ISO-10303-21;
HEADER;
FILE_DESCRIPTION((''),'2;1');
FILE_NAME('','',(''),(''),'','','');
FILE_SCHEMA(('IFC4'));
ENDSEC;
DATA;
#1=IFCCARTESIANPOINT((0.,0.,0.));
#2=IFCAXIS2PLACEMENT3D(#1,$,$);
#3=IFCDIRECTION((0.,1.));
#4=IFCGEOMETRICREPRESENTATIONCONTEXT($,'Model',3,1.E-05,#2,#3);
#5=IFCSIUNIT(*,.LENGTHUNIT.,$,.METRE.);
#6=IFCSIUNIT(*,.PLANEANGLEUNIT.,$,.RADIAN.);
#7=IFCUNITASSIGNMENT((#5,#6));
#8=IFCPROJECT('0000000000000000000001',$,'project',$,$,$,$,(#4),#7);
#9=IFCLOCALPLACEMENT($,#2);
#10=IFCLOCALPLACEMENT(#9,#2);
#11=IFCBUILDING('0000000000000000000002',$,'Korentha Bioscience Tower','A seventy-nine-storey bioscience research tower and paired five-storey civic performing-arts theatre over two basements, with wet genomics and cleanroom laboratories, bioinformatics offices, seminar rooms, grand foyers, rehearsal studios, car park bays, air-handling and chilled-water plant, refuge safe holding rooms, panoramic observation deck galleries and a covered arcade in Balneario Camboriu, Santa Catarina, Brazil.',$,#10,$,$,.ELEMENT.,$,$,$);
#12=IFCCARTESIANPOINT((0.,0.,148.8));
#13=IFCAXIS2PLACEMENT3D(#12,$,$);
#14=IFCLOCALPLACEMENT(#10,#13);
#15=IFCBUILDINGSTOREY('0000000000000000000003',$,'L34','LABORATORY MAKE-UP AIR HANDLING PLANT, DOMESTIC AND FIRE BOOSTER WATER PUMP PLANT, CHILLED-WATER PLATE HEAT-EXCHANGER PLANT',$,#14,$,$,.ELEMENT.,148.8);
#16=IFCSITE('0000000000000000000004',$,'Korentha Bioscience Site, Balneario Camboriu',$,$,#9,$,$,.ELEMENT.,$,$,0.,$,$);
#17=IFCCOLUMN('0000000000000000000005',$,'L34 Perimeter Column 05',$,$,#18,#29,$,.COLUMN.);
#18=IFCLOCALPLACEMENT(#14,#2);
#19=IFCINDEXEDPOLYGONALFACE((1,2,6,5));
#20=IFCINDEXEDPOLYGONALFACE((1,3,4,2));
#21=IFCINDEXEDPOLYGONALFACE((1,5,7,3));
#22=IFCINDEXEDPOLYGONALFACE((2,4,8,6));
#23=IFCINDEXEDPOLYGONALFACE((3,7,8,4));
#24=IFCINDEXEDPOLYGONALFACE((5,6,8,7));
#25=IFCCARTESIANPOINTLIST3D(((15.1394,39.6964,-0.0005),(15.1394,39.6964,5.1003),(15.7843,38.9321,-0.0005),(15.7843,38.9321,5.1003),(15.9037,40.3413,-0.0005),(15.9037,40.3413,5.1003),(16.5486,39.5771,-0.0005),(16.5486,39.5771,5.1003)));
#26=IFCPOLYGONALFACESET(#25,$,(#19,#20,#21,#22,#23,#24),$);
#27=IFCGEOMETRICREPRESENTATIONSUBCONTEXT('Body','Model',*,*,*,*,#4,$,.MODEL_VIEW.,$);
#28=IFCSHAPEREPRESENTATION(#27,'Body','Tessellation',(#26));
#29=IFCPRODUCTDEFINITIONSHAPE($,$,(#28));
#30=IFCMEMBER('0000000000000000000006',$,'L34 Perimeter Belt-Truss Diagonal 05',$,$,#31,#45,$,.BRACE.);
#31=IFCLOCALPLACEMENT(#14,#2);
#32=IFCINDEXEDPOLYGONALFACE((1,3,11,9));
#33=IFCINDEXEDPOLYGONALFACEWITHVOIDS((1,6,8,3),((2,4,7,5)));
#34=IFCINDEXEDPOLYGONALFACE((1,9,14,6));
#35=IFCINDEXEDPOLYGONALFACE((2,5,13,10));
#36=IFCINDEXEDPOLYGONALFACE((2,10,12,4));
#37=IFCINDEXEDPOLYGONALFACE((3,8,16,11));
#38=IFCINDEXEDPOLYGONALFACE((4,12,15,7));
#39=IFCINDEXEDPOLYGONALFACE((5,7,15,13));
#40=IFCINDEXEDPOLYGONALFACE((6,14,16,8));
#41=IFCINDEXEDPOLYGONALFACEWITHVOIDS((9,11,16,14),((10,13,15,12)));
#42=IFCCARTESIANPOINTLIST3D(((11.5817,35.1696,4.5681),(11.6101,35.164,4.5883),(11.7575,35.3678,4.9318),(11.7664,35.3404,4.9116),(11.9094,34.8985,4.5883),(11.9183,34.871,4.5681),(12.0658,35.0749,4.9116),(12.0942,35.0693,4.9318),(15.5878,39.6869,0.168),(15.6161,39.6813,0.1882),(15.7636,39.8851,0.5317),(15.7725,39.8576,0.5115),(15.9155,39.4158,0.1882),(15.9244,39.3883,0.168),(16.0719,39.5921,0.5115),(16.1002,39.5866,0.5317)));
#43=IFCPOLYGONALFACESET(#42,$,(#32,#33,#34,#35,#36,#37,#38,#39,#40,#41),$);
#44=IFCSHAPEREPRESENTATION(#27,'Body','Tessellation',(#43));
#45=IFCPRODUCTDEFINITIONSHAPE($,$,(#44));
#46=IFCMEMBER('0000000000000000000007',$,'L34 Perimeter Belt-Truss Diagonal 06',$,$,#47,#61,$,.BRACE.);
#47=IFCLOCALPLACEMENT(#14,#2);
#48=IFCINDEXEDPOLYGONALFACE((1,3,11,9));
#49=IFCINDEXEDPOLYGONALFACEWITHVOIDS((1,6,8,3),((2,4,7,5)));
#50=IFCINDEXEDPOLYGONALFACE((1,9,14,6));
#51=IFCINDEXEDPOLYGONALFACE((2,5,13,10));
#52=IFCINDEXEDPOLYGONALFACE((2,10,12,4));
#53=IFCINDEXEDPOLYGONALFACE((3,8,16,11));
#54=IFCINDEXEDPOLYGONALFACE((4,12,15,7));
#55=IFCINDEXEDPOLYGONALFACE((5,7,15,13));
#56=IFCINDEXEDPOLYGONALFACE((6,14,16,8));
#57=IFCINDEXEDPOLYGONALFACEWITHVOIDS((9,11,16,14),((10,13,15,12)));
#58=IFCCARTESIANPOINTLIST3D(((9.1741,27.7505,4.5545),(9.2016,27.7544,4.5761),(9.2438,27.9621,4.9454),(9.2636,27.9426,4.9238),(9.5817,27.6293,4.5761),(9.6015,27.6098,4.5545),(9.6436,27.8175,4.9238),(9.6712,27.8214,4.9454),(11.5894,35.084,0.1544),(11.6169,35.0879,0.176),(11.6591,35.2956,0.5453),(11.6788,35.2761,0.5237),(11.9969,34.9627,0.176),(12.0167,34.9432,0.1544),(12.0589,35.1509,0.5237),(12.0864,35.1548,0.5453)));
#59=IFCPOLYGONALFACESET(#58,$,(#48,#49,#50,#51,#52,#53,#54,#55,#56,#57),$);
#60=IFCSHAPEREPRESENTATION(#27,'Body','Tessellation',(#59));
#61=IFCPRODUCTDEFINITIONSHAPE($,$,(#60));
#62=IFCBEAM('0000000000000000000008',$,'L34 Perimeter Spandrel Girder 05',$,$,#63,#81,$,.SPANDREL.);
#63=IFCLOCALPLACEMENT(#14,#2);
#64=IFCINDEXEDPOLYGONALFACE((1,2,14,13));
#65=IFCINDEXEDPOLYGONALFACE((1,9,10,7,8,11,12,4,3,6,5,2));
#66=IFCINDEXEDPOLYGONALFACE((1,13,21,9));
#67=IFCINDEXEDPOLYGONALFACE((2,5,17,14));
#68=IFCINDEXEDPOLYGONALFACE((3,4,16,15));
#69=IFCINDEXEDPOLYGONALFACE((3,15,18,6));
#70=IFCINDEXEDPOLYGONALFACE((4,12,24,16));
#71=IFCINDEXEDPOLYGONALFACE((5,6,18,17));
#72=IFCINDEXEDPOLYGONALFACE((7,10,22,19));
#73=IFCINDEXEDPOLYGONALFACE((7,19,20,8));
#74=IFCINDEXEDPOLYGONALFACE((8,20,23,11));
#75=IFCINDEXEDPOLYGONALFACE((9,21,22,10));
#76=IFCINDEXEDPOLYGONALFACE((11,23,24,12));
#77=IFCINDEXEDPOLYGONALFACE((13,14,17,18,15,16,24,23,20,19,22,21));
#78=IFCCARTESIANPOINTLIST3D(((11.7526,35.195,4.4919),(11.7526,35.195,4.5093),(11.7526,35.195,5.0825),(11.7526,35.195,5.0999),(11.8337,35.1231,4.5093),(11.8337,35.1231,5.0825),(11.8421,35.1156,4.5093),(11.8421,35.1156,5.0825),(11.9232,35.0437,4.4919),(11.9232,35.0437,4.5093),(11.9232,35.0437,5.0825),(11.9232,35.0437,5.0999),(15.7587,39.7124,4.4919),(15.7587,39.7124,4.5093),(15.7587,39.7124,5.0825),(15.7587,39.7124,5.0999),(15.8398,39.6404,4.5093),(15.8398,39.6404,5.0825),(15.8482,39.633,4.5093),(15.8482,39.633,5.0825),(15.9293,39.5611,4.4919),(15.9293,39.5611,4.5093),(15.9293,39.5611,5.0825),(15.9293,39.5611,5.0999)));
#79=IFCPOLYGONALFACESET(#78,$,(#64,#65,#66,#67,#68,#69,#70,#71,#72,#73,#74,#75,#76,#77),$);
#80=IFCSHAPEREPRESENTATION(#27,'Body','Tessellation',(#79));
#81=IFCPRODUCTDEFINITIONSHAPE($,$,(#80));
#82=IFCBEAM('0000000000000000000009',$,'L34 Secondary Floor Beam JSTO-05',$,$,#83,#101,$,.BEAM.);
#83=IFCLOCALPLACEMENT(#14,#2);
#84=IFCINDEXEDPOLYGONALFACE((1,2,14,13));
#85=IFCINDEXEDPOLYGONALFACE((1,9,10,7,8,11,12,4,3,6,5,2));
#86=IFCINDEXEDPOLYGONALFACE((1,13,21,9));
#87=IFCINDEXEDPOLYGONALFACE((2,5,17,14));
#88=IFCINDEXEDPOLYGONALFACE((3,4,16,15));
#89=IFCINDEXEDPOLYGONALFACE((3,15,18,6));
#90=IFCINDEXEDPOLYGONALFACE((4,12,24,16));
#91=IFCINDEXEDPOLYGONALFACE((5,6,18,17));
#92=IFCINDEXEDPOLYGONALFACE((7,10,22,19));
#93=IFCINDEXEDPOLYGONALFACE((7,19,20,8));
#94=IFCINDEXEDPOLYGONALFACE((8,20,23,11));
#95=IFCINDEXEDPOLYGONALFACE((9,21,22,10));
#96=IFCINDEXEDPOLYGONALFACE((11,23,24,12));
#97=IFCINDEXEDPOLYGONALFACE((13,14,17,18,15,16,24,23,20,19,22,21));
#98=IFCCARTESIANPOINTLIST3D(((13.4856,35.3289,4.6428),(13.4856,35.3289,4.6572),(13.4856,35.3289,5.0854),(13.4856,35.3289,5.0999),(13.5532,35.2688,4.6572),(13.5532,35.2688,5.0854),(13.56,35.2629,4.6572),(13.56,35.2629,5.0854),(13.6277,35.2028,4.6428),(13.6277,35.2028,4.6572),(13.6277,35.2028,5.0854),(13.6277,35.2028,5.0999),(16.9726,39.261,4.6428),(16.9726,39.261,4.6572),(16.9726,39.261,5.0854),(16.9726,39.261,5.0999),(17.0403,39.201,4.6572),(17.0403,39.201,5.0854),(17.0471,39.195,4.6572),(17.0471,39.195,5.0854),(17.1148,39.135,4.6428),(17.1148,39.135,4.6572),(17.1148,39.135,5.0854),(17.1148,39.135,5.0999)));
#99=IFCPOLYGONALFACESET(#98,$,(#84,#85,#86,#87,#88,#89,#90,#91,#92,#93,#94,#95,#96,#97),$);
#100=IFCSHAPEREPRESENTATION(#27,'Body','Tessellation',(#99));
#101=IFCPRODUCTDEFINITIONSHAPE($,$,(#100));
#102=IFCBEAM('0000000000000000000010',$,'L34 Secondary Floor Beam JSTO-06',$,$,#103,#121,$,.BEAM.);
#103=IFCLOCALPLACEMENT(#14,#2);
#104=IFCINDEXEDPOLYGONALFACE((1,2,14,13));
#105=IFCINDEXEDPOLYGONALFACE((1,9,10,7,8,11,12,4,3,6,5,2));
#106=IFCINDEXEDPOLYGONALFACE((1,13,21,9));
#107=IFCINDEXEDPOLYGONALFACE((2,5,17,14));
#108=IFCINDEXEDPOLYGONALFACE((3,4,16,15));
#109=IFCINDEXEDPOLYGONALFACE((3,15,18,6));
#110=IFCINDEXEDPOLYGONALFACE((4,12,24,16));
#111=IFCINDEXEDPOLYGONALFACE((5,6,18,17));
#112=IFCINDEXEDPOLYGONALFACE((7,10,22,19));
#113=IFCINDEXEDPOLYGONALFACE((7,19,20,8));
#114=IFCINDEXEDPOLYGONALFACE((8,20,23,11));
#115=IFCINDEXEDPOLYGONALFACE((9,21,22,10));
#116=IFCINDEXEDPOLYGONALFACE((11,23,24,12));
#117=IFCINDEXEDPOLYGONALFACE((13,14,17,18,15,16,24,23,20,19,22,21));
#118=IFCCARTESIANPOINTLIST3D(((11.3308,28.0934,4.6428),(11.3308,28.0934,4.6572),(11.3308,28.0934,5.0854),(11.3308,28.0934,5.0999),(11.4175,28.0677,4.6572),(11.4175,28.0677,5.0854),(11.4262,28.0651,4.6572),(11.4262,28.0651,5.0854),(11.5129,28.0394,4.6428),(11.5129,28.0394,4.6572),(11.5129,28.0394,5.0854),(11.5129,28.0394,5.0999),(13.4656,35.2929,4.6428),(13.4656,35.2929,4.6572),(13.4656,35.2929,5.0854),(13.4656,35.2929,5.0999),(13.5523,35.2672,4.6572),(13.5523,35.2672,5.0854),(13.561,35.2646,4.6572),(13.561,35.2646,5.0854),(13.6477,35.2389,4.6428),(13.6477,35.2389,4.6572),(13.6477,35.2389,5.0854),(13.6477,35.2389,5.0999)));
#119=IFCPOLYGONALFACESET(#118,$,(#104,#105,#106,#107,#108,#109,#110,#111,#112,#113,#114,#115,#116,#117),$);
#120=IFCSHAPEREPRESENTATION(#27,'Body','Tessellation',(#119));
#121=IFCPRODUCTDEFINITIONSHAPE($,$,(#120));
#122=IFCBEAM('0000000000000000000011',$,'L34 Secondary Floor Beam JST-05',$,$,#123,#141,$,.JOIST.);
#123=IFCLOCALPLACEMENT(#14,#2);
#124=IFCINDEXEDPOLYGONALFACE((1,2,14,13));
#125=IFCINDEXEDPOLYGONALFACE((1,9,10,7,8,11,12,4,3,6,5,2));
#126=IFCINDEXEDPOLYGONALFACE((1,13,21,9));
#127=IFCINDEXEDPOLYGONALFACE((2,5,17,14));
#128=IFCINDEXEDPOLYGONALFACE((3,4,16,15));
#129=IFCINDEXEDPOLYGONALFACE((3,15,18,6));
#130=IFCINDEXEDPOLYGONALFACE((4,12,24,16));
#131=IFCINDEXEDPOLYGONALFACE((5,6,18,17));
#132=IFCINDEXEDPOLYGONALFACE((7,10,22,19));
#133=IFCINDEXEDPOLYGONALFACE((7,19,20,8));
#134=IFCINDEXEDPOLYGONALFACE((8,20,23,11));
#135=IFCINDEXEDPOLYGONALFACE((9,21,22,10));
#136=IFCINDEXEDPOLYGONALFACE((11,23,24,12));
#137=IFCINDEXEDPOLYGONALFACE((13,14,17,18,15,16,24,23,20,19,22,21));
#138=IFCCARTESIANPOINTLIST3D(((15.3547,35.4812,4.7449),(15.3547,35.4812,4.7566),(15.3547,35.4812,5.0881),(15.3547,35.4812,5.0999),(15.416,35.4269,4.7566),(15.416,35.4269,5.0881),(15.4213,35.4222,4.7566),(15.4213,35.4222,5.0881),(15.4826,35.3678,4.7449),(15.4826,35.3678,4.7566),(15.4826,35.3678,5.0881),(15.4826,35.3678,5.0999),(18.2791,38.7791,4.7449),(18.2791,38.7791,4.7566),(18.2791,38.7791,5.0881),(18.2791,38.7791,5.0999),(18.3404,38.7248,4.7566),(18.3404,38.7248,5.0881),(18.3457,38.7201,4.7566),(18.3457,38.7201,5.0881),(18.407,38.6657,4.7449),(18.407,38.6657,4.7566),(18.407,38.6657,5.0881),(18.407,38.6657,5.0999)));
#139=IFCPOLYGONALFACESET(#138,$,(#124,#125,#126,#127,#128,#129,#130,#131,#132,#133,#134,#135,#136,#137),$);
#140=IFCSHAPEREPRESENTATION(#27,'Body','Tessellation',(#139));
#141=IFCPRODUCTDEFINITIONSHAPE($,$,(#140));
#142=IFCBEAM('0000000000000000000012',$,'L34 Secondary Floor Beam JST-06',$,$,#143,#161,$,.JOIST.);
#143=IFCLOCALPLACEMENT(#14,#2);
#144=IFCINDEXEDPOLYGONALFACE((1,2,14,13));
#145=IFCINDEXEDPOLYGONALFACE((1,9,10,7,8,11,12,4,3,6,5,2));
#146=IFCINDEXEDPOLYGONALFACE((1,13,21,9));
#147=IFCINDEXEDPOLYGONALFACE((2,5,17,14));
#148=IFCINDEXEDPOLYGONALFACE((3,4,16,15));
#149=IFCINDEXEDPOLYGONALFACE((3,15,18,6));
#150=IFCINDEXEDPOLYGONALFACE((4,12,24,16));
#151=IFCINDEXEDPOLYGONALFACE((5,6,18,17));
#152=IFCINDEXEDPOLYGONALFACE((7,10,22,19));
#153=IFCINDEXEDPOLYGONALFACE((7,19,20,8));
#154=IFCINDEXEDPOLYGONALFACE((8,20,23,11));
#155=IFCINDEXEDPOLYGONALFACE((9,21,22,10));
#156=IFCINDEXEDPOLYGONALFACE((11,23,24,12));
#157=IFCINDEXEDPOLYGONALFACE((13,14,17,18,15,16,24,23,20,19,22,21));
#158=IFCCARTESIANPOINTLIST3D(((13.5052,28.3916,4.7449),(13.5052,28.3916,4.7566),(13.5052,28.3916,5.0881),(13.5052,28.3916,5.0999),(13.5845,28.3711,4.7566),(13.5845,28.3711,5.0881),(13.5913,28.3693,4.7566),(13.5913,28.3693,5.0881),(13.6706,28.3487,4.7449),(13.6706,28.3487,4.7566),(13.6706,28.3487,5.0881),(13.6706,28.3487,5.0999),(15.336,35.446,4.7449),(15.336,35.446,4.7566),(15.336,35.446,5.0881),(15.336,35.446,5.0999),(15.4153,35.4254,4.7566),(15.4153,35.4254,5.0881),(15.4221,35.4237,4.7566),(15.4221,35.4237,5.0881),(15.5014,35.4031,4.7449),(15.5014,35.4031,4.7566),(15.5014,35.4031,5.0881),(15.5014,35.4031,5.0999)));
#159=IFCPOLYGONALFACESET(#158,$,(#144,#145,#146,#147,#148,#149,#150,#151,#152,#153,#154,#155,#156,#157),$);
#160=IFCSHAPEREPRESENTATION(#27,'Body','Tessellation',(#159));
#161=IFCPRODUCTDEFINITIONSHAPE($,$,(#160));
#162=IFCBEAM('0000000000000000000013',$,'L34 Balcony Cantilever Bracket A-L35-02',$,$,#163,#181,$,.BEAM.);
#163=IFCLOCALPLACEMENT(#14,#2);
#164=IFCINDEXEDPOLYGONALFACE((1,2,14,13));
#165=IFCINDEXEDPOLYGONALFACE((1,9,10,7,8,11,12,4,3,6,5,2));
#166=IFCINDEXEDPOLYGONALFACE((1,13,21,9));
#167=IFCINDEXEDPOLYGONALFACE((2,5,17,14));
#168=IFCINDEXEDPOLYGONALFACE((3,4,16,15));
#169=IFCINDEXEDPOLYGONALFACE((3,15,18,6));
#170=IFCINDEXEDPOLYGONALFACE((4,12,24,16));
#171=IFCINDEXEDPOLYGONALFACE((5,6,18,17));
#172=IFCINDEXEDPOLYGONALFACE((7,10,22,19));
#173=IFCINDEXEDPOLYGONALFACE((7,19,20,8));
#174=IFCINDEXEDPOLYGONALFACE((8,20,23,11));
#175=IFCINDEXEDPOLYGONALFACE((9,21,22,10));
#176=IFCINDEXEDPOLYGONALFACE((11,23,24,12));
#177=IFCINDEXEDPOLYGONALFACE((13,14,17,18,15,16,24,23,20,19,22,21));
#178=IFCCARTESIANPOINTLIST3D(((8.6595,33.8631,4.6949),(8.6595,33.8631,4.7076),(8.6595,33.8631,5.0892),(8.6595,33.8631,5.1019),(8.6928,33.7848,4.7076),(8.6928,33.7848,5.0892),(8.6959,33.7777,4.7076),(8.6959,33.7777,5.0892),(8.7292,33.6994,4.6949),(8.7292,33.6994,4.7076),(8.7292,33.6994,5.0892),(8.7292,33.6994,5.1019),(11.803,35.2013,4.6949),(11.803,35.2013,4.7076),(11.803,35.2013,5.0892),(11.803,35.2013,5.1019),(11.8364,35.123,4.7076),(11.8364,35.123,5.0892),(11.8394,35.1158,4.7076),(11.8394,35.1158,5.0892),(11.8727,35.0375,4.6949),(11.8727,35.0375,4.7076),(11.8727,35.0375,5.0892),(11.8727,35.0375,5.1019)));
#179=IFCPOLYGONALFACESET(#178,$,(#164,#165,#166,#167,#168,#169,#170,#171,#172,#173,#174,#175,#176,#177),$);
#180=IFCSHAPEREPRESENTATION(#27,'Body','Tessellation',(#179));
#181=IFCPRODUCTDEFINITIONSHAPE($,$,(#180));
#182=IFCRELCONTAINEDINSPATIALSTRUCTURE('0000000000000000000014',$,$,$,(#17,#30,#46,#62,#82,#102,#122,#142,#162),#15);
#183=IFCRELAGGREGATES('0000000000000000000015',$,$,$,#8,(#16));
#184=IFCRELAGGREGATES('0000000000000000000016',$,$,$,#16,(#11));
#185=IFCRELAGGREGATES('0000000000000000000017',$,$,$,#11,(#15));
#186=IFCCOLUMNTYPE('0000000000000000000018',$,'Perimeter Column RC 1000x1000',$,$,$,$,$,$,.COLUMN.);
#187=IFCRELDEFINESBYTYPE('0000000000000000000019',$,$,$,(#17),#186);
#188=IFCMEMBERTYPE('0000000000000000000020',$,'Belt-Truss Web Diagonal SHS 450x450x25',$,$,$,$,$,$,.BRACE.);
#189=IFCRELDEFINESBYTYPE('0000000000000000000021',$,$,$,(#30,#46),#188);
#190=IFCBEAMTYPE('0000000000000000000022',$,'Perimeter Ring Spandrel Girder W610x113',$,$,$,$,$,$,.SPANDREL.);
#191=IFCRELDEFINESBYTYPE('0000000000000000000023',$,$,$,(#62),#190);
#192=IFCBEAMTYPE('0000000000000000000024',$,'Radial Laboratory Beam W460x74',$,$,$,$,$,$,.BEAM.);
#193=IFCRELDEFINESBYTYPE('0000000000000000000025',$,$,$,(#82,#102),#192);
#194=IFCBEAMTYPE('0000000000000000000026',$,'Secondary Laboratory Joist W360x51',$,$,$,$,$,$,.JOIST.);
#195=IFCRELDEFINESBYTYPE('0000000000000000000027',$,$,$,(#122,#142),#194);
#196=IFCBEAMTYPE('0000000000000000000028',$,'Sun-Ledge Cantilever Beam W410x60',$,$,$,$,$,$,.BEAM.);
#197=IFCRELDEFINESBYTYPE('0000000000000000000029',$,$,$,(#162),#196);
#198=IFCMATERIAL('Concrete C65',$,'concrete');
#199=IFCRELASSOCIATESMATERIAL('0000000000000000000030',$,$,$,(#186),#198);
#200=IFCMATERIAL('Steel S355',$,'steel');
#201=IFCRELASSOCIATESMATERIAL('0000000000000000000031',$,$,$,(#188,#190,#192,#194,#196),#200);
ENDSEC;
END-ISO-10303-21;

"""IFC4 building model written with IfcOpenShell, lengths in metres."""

from ifc_helpers import new_model, si_unit, direction, frame, origin, origin_2d, place, context, subcontext, project, spatial, rectangle, hollow_rectangle, i_section, extrude, material, material_profile, profile_set, type_object, element, save


model = new_model("IFC4")

# Units and contexts
model_context = context("Model", 3, precision=1e-05, world=origin(), true_north=direction((0.0, 1.0)))
body_context = subcontext(model_context, "Body", "Model", "MODEL_VIEW")
ifc_project = project(units=[si_unit("LENGTHUNIT", "METRE"), si_unit("PLANEANGLEUNIT", "RADIAN")], contexts=[model_context])

# Site, building, storey
site_placement = place(None, origin())
site = spatial("IfcSite", under=ifc_project, at=site_placement, Name="Korentha Bioscience Site, Balneario Camboriu", CompositionType="ELEMENT", RefElevation=0.0)
building_placement = place(site_placement, origin())
building = spatial("IfcBuilding", under=site, at=building_placement, Name="Korentha Bioscience Tower", Description="A seventy-nine-storey bioscience research tower and paired five-storey civic performing-arts theatre over two basements, with wet genomics and cleanroom laboratories, bioinformatics offices, seminar rooms, grand foyers, rehearsal studios, car park bays, air-handling and chilled-water plant, refuge safe holding rooms, panoramic observation deck galleries and a covered arcade in Balneario Camboriu, Santa Catarina, Brazil.", CompositionType="ELEMENT")
storey_placement = place(building_placement, frame((0.0, 0.0, 148.8)))
storey = spatial("IfcBuildingStorey", under=building, at=storey_placement, Name="L34", Description="LABORATORY MAKE-UP AIR HANDLING PLANT, DOMESTIC AND FIRE BOOSTER WATER PUMP PLANT, CHILLED-WATER PLATE HEAT-EXCHANGER PLANT", CompositionType="ELEMENT", Elevation=148.8)

# Column
ifc_material_1 = material(Name="Concrete C65", Category="concrete")
ifc_material_profile_1 = material_profile(ifc_material_1, rectangle(XDim=1.0, YDim=1.0, at=origin_2d()), Name="Concrete C65")
ifc_profile_set_1 = profile_set([ifc_material_profile_1], Name="Concrete C65 (COL-P10)")
column_type = type_object("IfcColumnType", Name="Perimeter Column RC 1000x1000", PredefinedType="COLUMN", material=ifc_profile_set_1)
column_placement = place(storey_placement, frame((15.844, 39.6367, -0.0005), z_axis=(0.0, 0.0, 1.0), x_axis=(0.764246, 0.644924, 0.0)))
element("IfcColumn", 1, at=column_placement, inside=storey, type_object=column_type, Name="L34 Perimeter Column 05", PredefinedType="COLUMN", context=body_context, shape_type="SweptSolid", body=[
    extrude(rectangle(XDim=1.0, YDim=1.0, at=origin_2d()), origin(), (0.0, 0.0, 1.0), 5.1008),
])

# Members
ifc_material_2 = material(Name="Steel S355", Category="steel")
ifc_material_profile_2 = material_profile(ifc_material_2, hollow_rectangle(XDim=0.45, YDim=0.45, WallThickness=0.0249, at=origin_2d()), Name="Steel S355")
ifc_profile_set_2 = profile_set([ifc_material_profile_2], Name="Steel S355 (BT-D450)")
member_type = type_object("IfcMemberType", Name="Belt-Truss Web Diagonal SHS 450x450x25", PredefinedType="BRACE", material=ifc_profile_set_2)
member_1_placement = place(storey_placement, frame((15.844, 39.6367, 0.3499), z_axis=(-0.536218, -0.604646, 0.58896), x_axis=(0.748174, -0.663503, 0.0)))
element("IfcMember", 2, at=member_1_placement, inside=storey, type_object=member_type, Name="L34 Perimeter Belt-Truss Diagonal 05", PredefinedType="BRACE", context=body_context, shape_type="SweptSolid", body=[
    extrude(hollow_rectangle(XDim=0.45, YDim=0.45, WallThickness=0.0249, at=origin_2d()), origin(), (0.0, 0.0, 1.0), 7.4709),
])
member_2_placement = place(storey_placement, frame((11.8379, 35.1194, 0.3499), z_axis=(-0.271784, -0.825213, 0.495133), x_axis=(0.949812, -0.31282, 0.0)))
element("IfcMember", 3, at=member_2_placement, inside=storey, type_object=member_type, Name="L34 Perimeter Belt-Truss Diagonal 06", PredefinedType="BRACE", context=body_context, shape_type="SweptSolid", body=[
    extrude(hollow_rectangle(XDim=0.45, YDim=0.45, WallThickness=0.0249, at=origin_2d()), origin(), (0.0, 0.0, 1.0), 8.8867),
])

# Beams
ifc_material_profile_3 = material_profile(ifc_material_2, i_section(OverallWidth=0.228, OverallDepth=0.6079, WebThickness=0.0112, FlangeThickness=0.0173, at=origin_2d()), Name="Steel S355")
ifc_profile_set_3 = profile_set([ifc_material_profile_3], Name="Steel S355 (SB-610)")
beam_type_1 = type_object("IfcBeamType", Name="Perimeter Ring Spandrel Girder W610x113", PredefinedType="SPANDREL", material=ifc_profile_set_3)
beam_1_placement = place(storey_placement, frame((15.844, 39.6367, 4.7959), z_axis=(-0.663503, -0.748174, 0.0), x_axis=(0.748174, -0.663503, 0.0)))
element("IfcBeam", 4, at=beam_1_placement, inside=storey, type_object=beam_type_1, Name="L34 Perimeter Spandrel Girder 05", PredefinedType="SPANDREL", context=body_context, shape_type="SweptSolid", body=[
    extrude(i_section(OverallWidth=0.228, OverallDepth=0.6079, WebThickness=0.0112, FlangeThickness=0.0173, at=origin_2d()), origin(), (0.0, 0.0, 1.0), 6.0378),
])
ifc_material_profile_4 = material_profile(ifc_material_2, i_section(OverallWidth=0.1899, OverallDepth=0.457, WebThickness=0.009, FlangeThickness=0.0144, at=origin_2d()), Name="Steel S355")
ifc_profile_set_4 = profile_set([ifc_material_profile_4], Name="Steel S355 (RB-460)")
beam_type_2 = type_object("IfcBeamType", Name="Radial Laboratory Beam W460x74", PredefinedType="BEAM", material=ifc_profile_set_4)
beam_2_placement = place(storey_placement, frame((17.0437, 39.198, 4.8713), z_axis=(-0.663496, -0.74818, 0.0), x_axis=(0.74818, -0.663496, 0.0)))
element("IfcBeam", 5, at=beam_2_placement, inside=storey, type_object=beam_type_2, Name="L34 Secondary Floor Beam JSTO-05", PredefinedType="BEAM", context=body_context, shape_type="SweptSolid", body=[
    extrude(i_section(OverallWidth=0.1899, OverallDepth=0.457, WebThickness=0.009, FlangeThickness=0.0144, at=origin_2d()), origin(), (0.0, 0.0, 1.0), 5.2556),
])
beam_3_placement = place(storey_placement, frame((13.5566, 35.2659, 4.8713), z_axis=(-0.284283, -0.95874, 0.0), x_axis=(0.95874, -0.284283, 0.0)))
element("IfcBeam", 6, at=beam_3_placement, inside=storey, type_object=beam_type_2, Name="L34 Secondary Floor Beam JSTO-06", PredefinedType="BEAM", context=body_context, shape_type="SweptSolid", body=[
    extrude(i_section(OverallWidth=0.1899, OverallDepth=0.457, WebThickness=0.009, FlangeThickness=0.0144, at=origin_2d()), origin(), (0.0, 0.0, 1.0), 7.5093),
])
ifc_material_profile_5 = material_profile(ifc_material_2, i_section(OverallWidth=0.1709, OverallDepth=0.355, WebThickness=0.0071, FlangeThickness=0.0117, at=origin_2d()), Name="Steel S355")
ifc_profile_set_5 = profile_set([ifc_material_profile_5], Name="Steel S355 (JB-360)")
beam_type_3 = type_object("IfcBeamType", Name="Secondary Laboratory Joist W360x51", PredefinedType="JOIST", material=ifc_profile_set_5)
beam_4_placement = place(storey_placement, frame((18.343, 38.7224, 4.9224), z_axis=(-0.663463, -0.748209, 0.0), x_axis=(0.748209, -0.663463, 0.0)))
element("IfcBeam", 7, at=beam_4_placement, inside=storey, type_object=beam_type_3, Name="L34 Secondary Floor Beam JST-05", PredefinedType="JOIST", context=body_context, shape_type="SweptSolid", body=[
    extrude(i_section(OverallWidth=0.1709, OverallDepth=0.355, WebThickness=0.0071, FlangeThickness=0.0117, at=origin_2d()), origin(), (0.0, 0.0, 1.0), 4.4077),
])
beam_5_placement = place(storey_placement, frame((15.4187, 35.4246, 4.9224), z_axis=(-0.251204, -0.967934, 0.0), x_axis=(0.967934, -0.251204, 0.0)))
element("IfcBeam", 8, at=beam_5_placement, inside=storey, type_object=beam_type_3, Name="L34 Secondary Floor Beam JST-06", PredefinedType="JOIST", context=body_context, shape_type="SweptSolid", body=[
    extrude(i_section(OverallWidth=0.1709, OverallDepth=0.355, WebThickness=0.0071, FlangeThickness=0.0117, at=origin_2d()), origin(), (0.0, 0.0, 1.0), 7.2881),
])
ifc_material_profile_6 = material_profile(ifc_material_2, i_section(OverallWidth=0.178, OverallDepth=0.407, WebThickness=0.0078, FlangeThickness=0.0127, at=origin_2d()), Name="Steel S355")
ifc_profile_set_6 = profile_set([ifc_material_profile_6], Name="Steel S355 (CB-410)")
beam_type_4 = type_object("IfcBeamType", Name="Sun-Ledge Cantilever Beam W410x60", PredefinedType="BEAM", material=ifc_profile_set_6)
beam_6_placement = place(storey_placement, frame((11.8379, 35.1194, 4.8984), z_axis=(-0.920107, -0.391667, 0.0), x_axis=(0.391667, -0.920107, 0.0)))
element("IfcBeam", 9, at=beam_6_placement, inside=storey, type_object=beam_type_4, Name="L34 Balcony Cantilever Bracket A-L35-02", PredefinedType="BEAM", context=body_context, shape_type="SweptSolid", body=[
    extrude(i_section(OverallWidth=0.178, OverallDepth=0.407, WebThickness=0.0078, FlangeThickness=0.0127, at=origin_2d()), origin(), (0.0, 0.0, 1.0), 3.4165),
])

save(model, "model.ifc")
